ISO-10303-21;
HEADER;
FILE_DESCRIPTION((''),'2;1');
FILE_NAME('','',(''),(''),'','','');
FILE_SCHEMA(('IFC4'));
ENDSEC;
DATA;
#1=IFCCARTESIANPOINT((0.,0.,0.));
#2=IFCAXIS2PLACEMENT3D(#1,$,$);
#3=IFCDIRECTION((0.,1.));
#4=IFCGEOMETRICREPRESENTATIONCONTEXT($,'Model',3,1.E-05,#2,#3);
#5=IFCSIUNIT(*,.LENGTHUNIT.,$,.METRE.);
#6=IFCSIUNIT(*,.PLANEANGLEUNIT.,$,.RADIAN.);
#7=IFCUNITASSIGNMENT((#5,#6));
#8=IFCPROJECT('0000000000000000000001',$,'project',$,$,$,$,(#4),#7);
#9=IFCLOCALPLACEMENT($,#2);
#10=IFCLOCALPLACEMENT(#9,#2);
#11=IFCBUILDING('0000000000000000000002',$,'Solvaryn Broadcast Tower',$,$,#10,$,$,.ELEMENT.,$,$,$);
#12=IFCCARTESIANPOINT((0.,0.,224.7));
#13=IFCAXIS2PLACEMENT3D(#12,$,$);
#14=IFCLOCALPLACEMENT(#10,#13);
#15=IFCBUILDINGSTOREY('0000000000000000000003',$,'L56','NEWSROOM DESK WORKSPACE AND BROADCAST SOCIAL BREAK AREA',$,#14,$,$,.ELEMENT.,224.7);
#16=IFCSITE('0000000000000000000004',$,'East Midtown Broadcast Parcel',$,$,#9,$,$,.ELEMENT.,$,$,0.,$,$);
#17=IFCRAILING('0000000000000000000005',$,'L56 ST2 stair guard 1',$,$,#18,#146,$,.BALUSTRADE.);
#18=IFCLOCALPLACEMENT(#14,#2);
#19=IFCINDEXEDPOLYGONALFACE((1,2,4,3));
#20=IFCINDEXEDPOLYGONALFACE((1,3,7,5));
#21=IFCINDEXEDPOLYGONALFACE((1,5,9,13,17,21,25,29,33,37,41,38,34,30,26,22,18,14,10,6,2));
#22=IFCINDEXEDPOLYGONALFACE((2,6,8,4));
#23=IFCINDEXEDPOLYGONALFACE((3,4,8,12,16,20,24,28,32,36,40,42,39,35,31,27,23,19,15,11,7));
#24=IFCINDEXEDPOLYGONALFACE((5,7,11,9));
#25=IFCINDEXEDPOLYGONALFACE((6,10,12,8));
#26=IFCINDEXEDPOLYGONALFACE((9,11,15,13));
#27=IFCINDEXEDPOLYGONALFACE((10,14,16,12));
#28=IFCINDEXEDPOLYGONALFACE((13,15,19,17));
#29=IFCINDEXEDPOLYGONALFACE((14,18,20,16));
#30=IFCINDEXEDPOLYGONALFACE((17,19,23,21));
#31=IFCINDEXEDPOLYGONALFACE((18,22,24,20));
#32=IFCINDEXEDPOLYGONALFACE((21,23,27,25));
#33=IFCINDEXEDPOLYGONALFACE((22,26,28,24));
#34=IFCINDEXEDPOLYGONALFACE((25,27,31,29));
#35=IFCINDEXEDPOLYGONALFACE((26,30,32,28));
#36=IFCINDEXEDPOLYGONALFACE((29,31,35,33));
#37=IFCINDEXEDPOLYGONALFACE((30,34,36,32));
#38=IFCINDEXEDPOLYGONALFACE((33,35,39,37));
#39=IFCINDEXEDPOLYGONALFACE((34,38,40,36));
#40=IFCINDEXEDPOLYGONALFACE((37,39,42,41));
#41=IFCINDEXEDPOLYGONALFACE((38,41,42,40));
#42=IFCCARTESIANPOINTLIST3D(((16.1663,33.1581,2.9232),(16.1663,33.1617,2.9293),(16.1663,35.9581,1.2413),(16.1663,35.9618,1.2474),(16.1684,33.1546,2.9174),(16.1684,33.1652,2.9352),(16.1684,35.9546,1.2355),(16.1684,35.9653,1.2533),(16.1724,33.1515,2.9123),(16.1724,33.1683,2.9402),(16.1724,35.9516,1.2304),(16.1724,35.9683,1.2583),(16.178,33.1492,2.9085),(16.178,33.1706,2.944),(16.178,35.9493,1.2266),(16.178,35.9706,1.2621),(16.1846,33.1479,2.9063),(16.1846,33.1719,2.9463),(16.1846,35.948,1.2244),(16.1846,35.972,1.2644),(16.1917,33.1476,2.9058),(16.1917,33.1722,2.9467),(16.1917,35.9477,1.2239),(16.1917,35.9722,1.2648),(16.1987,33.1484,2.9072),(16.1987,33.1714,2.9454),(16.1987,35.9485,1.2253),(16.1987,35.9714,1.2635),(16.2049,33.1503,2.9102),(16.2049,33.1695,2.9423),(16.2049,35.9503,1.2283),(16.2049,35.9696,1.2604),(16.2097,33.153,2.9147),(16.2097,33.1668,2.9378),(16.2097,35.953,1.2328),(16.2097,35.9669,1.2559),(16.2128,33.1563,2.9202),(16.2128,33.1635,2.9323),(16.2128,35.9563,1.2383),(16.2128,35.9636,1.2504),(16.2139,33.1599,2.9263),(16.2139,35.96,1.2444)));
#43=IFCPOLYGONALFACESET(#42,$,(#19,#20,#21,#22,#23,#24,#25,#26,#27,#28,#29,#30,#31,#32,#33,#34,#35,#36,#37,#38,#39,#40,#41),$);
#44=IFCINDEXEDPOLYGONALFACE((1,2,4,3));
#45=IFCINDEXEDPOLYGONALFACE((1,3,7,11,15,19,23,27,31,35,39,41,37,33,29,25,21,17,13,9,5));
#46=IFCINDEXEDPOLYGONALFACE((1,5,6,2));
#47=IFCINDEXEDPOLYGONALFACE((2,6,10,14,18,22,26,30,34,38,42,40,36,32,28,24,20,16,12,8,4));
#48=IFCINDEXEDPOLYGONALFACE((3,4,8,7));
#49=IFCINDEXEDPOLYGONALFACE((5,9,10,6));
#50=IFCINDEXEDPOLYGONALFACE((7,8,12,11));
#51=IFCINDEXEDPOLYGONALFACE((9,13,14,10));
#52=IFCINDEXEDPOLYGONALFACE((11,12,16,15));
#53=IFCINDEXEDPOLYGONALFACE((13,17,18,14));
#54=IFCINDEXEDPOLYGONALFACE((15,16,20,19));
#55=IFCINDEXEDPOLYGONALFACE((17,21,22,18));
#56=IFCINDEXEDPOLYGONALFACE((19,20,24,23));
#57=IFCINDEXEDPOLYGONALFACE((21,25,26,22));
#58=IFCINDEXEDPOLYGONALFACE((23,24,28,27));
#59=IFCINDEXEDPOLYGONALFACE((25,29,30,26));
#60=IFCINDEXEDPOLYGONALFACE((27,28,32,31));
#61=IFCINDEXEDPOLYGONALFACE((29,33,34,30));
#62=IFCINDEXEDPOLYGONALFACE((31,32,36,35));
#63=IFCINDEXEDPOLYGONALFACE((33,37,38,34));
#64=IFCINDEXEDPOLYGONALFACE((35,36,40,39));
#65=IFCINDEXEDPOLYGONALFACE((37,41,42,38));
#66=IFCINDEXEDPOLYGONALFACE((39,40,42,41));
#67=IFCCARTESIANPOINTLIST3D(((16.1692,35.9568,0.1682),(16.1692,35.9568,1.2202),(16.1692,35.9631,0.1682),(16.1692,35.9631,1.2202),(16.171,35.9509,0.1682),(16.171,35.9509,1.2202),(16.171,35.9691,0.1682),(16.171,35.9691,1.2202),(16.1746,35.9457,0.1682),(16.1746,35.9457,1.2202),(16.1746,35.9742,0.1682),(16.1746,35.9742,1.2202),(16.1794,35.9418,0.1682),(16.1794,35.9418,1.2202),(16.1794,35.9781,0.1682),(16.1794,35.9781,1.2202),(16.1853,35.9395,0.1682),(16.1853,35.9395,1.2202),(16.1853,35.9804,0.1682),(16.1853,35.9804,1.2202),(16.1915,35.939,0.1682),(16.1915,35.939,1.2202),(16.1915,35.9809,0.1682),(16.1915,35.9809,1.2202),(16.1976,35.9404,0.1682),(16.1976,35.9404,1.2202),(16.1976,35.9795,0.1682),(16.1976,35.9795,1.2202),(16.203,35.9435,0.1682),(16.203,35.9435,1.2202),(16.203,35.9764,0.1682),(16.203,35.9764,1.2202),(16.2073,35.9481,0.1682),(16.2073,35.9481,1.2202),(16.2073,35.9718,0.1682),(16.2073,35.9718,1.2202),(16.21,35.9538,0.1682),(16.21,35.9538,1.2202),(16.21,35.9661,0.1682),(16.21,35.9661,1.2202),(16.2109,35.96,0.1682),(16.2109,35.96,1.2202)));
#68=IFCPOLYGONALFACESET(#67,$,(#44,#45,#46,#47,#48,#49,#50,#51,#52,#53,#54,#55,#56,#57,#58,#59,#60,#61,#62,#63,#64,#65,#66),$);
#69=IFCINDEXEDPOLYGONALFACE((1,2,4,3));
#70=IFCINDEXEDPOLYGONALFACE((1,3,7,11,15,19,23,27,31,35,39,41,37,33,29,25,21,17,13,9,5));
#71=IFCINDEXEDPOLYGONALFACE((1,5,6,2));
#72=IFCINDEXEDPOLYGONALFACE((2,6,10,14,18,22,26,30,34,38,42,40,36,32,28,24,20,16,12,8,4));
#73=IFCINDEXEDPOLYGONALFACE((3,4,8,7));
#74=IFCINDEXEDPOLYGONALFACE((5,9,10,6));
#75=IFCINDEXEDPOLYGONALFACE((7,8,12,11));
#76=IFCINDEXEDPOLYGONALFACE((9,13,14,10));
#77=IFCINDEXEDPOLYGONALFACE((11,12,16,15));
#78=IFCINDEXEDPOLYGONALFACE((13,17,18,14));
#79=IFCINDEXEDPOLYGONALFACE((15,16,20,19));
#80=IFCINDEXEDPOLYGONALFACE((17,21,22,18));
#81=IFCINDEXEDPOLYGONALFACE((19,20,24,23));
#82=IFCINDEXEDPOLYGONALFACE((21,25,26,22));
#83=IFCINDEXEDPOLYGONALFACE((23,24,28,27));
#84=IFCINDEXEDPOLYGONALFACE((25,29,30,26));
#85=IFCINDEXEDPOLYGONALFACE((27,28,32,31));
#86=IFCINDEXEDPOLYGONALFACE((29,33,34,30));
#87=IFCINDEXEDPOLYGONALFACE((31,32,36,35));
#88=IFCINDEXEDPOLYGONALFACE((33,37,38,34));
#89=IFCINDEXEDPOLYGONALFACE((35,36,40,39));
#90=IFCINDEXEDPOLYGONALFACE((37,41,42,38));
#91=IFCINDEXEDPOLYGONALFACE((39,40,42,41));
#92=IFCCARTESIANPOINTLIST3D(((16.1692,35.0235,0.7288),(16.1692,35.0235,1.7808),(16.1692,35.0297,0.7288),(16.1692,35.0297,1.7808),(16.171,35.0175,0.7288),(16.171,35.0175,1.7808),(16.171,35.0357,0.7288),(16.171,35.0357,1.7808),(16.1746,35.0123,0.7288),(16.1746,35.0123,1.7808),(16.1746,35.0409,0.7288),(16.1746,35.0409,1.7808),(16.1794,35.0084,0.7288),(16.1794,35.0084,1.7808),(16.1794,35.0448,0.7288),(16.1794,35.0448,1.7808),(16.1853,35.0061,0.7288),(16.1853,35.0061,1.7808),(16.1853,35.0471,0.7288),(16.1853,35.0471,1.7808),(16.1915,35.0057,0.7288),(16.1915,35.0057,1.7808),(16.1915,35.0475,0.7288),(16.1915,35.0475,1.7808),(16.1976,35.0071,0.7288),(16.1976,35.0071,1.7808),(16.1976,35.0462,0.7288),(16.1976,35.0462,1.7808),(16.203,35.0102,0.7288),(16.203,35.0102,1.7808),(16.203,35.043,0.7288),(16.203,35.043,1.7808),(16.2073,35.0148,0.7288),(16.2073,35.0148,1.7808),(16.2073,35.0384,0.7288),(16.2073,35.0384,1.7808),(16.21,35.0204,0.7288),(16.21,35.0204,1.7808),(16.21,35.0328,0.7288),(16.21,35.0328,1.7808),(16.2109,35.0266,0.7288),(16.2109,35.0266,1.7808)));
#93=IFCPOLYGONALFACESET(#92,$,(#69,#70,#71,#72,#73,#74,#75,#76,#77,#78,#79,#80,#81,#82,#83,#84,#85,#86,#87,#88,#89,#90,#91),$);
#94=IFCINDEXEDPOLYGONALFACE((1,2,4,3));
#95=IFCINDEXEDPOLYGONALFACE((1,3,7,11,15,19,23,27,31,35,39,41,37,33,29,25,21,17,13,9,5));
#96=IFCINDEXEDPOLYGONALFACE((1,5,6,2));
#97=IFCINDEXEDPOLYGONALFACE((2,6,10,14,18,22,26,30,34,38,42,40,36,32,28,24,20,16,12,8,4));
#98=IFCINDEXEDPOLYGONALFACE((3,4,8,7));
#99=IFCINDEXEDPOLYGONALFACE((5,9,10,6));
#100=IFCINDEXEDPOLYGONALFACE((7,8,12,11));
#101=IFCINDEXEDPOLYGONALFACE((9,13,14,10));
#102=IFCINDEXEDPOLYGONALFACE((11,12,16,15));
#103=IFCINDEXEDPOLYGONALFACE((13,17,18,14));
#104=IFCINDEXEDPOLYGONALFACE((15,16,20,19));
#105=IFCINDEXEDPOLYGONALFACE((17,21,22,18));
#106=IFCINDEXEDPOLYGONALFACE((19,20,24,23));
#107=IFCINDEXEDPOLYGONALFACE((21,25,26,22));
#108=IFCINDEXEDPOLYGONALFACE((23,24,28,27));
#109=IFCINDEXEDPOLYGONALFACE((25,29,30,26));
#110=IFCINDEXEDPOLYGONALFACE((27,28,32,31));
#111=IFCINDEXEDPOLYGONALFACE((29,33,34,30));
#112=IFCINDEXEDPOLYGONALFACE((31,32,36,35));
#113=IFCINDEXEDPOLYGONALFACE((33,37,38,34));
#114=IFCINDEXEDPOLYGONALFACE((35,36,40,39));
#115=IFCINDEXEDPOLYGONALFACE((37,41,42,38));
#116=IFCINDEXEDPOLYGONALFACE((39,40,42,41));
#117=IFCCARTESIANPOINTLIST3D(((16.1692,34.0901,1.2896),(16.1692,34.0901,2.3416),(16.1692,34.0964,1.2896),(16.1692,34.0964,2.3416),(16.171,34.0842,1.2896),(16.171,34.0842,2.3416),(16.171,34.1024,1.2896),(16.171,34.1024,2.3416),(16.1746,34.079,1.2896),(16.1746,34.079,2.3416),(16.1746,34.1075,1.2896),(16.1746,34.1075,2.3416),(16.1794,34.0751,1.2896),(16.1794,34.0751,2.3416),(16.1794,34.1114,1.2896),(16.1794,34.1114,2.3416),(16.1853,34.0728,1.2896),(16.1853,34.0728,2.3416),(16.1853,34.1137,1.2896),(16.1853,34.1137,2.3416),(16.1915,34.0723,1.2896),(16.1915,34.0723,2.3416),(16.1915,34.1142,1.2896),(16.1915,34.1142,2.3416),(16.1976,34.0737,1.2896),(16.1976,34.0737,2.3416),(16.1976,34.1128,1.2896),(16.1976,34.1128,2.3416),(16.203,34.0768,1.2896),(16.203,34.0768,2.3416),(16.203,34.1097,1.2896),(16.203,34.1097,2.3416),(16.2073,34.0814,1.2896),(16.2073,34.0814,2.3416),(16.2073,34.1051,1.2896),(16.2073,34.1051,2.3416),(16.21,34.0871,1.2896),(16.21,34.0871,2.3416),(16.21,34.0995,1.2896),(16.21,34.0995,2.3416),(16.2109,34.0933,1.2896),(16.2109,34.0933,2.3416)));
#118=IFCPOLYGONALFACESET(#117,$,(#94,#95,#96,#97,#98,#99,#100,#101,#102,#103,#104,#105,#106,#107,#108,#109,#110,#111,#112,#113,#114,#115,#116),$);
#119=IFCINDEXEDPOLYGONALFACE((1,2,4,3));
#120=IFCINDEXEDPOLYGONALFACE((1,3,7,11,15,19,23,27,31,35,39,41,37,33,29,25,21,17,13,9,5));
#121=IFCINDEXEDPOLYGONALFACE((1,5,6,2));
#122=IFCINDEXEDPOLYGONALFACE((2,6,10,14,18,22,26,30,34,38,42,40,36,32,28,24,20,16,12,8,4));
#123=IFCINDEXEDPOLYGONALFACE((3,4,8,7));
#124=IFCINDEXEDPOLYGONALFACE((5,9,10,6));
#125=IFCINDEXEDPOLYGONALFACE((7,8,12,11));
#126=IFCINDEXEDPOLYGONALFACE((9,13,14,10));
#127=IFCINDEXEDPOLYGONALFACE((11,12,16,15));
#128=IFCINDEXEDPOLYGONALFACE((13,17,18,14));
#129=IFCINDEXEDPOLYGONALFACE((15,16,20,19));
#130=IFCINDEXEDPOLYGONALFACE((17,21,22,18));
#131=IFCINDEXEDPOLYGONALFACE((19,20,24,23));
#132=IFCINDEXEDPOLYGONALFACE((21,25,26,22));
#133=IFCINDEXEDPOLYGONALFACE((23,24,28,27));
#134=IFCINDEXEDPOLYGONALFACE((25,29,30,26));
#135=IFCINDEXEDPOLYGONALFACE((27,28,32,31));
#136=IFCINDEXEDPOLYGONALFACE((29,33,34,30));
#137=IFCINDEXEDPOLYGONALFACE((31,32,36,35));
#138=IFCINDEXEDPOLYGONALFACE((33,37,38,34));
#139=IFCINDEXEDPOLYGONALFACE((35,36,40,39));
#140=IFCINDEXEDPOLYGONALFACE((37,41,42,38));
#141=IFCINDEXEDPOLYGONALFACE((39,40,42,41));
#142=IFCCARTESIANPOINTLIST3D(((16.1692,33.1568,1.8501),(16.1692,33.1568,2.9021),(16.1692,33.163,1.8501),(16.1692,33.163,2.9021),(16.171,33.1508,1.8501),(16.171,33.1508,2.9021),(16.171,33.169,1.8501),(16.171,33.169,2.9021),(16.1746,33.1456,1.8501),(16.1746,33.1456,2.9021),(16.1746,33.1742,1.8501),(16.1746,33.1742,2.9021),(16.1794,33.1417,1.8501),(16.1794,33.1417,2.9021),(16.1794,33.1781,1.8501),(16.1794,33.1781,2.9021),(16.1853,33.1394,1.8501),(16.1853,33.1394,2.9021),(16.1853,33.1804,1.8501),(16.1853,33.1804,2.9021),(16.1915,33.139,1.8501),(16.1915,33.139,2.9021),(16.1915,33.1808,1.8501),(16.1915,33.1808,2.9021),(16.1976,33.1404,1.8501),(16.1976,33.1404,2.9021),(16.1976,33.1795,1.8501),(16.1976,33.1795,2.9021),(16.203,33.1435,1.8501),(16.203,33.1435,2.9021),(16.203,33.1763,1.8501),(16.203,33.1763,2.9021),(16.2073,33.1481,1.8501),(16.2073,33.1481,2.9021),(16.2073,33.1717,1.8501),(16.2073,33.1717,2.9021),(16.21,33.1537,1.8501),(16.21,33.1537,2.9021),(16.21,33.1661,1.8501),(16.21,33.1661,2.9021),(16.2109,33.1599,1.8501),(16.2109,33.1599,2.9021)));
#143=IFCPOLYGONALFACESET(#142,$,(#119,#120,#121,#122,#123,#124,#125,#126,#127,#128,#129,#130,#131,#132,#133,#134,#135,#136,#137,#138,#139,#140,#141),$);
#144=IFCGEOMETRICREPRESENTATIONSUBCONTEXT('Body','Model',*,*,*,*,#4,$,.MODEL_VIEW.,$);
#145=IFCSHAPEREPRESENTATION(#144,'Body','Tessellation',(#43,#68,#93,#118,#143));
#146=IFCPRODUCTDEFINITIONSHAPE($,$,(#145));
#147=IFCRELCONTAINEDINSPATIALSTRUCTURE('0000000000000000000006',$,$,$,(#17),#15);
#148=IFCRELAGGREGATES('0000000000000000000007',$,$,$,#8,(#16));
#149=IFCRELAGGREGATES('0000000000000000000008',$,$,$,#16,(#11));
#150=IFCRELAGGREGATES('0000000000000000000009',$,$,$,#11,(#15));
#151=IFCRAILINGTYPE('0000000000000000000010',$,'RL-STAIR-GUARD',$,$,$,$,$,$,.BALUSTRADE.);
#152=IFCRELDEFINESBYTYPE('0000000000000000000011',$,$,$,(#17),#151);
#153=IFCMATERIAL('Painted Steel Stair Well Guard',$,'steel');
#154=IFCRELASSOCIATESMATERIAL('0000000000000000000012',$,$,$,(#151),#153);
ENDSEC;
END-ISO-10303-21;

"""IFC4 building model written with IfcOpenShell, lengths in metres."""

from ifc_helpers import new_model, si_unit, direction, frame, origin, origin_2d, place, context, subcontext, project, spatial, circle, extrude, material, type_object, element, save


model = new_model("IFC4")

# Units and contexts
model_context = context("Model", 3, precision=1e-05, world=origin(), true_north=direction((0.0, 1.0)))
body_context = subcontext(model_context, "Body", "Model", "MODEL_VIEW")
ifc_project = project(units=[si_unit("LENGTHUNIT", "METRE"), si_unit("PLANEANGLEUNIT", "RADIAN")], contexts=[model_context])

# Site, building, storey
site_placement = place(None, origin())
site = spatial("IfcSite", under=ifc_project, at=site_placement, Name="East Midtown Broadcast Parcel", CompositionType="ELEMENT", RefElevation=0.0)
building_placement = place(site_placement, origin())
building = spatial("IfcBuilding", under=site, at=building_placement, Name="Solvaryn Broadcast Tower", CompositionType="ELEMENT")
storey_placement = place(building_placement, frame((0.0, 0.0, 224.7)))
storey = spatial("IfcBuildingStorey", under=building, at=storey_placement, Name="L56", Description="NEWSROOM DESK WORKSPACE AND BROADCAST SOCIAL BREAK AREA", CompositionType="ELEMENT", Elevation=224.7)

# Railing
ifc_material_1 = material(Name="Painted Steel Stair Well Guard", Category="steel")
railing_type_1 = type_object("IfcRailingType", Name="RL-STAIR-GUARD", PredefinedType="BALUSTRADE", material=ifc_material_1)
railing_1_placement = place(storey_placement, frame((16.1899, 35.96, 0.1682)))
element("IfcRailing", 1, at=railing_1_placement, inside=storey, type_object=railing_type_1, Name="L56 ST2 stair guard 1", PredefinedType="BALUSTRADE", context=body_context, shape_type="SweptSolid", body=[
    extrude(circle(Radius=0.0239, at=origin_2d()), frame((0.0, 0.0, 1.0762), z_axis=(0.0, -0.857242, 0.514913), x_axis=(1.0, 0.0, 0.0)), (0.0, 0.0, 1.0), 3.2664),
    extrude(circle(Radius=0.021, at=origin_2d()), origin(), (0.0, 0.0, 1.0), 1.052),
    extrude(circle(Radius=0.021, at=origin_2d()), frame((0.0, -0.9333, 0.5605)), (0.0, 0.0, 1.0), 1.052),
    extrude(circle(Radius=0.021, at=origin_2d()), frame((0.0, -1.8667, 1.1213)), (0.0, 0.0, 1.0), 1.052),
    extrude(circle(Radius=0.021, at=origin_2d()), frame((0.0, -2.8, 1.6819)), (0.0, 0.0, 1.0), 1.052),
])

save(model, "model.ifc")
